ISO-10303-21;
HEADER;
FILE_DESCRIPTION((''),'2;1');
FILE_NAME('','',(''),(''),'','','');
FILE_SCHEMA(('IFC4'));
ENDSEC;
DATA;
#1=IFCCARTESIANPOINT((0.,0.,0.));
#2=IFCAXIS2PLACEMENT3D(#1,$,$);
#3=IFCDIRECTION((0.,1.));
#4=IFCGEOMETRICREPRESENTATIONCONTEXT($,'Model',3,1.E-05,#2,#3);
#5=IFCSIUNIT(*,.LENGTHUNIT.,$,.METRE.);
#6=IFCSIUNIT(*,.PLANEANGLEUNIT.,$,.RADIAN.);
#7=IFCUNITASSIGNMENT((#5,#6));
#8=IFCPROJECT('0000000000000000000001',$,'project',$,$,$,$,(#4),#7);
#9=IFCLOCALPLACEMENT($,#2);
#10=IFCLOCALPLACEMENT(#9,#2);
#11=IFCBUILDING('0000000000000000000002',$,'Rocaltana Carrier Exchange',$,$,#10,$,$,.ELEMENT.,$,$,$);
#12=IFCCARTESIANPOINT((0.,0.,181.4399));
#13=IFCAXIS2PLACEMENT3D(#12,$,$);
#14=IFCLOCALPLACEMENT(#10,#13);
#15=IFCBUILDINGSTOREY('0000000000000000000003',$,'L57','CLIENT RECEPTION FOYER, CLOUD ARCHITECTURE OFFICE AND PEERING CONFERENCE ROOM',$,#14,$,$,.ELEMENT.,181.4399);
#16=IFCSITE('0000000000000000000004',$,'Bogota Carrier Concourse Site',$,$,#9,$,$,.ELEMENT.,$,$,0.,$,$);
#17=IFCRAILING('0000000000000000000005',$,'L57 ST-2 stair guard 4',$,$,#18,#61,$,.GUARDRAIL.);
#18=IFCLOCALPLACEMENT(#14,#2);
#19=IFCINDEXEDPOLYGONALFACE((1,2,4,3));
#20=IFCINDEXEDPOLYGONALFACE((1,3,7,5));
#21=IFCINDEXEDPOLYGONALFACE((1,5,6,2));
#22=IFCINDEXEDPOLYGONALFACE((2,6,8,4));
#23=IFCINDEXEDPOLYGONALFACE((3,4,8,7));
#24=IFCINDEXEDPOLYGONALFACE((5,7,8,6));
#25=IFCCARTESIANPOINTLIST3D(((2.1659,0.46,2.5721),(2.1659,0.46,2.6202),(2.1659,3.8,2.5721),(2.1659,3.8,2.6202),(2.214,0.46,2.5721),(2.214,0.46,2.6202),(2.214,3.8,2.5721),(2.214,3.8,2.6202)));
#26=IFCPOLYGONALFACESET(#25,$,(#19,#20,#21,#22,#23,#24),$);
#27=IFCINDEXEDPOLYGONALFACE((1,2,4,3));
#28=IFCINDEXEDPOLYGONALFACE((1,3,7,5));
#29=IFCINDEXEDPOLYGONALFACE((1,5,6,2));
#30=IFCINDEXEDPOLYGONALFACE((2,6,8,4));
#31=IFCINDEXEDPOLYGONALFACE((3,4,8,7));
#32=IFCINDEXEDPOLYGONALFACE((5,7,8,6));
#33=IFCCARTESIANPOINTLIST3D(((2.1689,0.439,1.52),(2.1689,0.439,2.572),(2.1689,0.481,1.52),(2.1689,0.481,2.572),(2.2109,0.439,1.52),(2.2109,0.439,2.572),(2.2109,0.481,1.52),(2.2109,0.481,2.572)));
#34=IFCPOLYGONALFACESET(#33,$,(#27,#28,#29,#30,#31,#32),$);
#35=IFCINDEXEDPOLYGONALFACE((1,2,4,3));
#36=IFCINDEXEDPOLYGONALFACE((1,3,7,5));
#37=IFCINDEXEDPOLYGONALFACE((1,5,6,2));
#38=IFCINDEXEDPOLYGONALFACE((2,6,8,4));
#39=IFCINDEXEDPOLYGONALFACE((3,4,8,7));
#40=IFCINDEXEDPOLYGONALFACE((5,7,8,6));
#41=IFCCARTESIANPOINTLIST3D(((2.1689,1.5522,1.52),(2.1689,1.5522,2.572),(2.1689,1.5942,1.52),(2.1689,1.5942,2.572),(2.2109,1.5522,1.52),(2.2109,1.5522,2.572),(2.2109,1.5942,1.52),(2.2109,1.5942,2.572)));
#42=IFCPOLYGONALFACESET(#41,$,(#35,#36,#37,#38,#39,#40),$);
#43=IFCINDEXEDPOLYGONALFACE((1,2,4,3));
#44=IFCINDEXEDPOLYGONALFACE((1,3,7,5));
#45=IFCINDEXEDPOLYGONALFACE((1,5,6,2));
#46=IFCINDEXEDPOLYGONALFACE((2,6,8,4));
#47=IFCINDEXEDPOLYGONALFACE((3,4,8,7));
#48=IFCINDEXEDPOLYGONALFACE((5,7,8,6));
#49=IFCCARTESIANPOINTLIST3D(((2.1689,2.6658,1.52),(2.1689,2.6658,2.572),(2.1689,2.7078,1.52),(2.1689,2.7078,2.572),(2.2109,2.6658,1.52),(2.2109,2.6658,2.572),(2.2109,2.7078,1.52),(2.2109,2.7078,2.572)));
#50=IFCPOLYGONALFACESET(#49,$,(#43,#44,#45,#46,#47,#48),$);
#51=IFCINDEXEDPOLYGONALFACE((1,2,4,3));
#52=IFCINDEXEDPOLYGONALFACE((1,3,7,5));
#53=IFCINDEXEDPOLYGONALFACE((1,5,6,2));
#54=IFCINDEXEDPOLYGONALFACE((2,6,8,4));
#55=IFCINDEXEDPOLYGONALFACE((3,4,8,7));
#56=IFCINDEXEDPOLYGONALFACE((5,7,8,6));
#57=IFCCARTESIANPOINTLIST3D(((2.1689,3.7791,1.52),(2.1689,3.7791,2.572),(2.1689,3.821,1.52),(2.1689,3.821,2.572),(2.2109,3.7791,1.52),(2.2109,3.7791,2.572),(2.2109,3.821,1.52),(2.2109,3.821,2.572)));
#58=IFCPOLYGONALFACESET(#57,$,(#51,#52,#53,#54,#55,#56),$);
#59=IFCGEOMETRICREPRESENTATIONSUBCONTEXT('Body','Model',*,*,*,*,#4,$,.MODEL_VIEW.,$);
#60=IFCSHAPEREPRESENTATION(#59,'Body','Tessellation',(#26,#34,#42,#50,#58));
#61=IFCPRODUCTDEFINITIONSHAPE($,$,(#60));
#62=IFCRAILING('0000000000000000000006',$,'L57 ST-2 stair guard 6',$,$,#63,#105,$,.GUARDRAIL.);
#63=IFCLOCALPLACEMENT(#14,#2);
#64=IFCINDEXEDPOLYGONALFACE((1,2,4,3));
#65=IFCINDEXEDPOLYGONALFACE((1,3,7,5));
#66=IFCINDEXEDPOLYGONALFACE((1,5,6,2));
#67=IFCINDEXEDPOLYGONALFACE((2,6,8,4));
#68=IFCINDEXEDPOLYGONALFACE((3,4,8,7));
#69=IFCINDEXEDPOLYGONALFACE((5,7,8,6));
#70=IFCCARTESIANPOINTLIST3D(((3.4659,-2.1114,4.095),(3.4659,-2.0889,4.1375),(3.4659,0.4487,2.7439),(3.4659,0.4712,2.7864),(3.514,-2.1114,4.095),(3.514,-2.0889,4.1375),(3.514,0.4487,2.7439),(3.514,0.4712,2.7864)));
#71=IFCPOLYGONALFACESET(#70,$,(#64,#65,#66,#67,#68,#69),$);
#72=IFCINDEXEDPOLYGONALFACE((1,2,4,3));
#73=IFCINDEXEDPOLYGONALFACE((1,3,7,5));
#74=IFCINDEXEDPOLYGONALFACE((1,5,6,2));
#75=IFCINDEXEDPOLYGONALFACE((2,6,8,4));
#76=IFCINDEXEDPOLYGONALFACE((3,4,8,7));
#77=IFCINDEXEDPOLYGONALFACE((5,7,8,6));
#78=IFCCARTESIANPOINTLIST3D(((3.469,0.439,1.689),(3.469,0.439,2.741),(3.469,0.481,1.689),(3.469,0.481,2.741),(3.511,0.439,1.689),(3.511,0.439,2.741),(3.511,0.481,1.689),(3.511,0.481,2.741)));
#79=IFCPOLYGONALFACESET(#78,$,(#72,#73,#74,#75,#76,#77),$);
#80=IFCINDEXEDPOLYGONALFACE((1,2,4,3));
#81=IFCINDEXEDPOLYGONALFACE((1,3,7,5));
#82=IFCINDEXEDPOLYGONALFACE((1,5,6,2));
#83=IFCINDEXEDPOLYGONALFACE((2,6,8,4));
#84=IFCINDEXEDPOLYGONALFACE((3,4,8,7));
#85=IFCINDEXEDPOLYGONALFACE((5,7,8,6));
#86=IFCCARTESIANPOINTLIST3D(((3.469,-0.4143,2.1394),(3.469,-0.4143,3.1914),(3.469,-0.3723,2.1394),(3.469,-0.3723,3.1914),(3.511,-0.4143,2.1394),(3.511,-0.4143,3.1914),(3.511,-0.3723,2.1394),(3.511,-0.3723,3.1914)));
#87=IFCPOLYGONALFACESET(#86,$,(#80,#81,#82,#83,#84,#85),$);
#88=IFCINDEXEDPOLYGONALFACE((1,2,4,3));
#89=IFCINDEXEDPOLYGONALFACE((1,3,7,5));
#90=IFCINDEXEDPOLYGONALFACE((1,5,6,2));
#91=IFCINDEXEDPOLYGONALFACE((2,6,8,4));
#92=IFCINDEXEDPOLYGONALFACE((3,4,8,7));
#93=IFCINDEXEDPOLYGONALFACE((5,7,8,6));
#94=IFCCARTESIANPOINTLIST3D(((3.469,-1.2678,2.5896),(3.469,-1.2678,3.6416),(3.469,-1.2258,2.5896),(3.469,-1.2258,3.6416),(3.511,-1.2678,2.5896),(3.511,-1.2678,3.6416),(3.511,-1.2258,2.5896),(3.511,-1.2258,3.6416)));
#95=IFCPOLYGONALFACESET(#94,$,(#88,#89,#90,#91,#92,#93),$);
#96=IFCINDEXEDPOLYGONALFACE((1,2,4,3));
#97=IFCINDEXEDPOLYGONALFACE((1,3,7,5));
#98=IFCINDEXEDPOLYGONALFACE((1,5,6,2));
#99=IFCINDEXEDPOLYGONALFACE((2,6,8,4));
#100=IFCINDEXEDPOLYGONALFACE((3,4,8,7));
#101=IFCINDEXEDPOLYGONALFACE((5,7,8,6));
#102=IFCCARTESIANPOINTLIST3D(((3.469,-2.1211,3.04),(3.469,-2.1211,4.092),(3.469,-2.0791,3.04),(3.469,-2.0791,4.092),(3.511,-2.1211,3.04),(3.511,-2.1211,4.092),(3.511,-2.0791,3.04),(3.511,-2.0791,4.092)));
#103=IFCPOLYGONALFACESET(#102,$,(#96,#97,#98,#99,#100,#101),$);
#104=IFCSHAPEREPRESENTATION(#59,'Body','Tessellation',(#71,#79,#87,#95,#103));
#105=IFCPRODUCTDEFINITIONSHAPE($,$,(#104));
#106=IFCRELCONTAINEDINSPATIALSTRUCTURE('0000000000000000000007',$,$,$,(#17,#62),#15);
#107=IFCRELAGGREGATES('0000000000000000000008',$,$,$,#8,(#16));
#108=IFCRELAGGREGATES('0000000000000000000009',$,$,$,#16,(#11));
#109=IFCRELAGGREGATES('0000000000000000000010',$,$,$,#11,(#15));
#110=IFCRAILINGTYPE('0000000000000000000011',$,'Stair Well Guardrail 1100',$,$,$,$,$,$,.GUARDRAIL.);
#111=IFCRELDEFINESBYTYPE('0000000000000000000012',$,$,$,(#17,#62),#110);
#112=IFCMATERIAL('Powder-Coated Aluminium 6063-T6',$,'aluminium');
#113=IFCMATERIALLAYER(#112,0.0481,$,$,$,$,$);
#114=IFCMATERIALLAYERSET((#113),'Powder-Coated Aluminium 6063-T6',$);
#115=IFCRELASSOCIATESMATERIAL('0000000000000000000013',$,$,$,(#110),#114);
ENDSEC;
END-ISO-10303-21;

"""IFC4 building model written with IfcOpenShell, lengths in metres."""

from ifc_helpers import new_model, si_unit, direction, frame, origin, origin_2d, place, context, subcontext, project, spatial, rectangle, extrude, material, layer, layer_set, type_object, element, save


model = new_model("IFC4")

# Units and contexts
model_context = context("Model", 3, precision=1e-05, world=origin(), true_north=direction((0.0, 1.0)))
body_context = subcontext(model_context, "Body", "Model", "MODEL_VIEW")
ifc_project = project(units=[si_unit("LENGTHUNIT", "METRE"), si_unit("PLANEANGLEUNIT", "RADIAN")], contexts=[model_context])

# Site, building, storey
site_placement = place(None, origin())
site = spatial("IfcSite", under=ifc_project, at=site_placement, Name="Bogota Carrier Concourse Site", CompositionType="ELEMENT", RefElevation=0.0)
building_placement = place(site_placement, origin())
building = spatial("IfcBuilding", under=site, at=building_placement, Name="Rocaltana Carrier Exchange", CompositionType="ELEMENT")
storey_placement = place(building_placement, frame((0.0, 0.0, 181.4399)))
storey = spatial("IfcBuildingStorey", under=building, at=storey_placement, Name="L57", Description="CLIENT RECEPTION FOYER, CLOUD ARCHITECTURE OFFICE AND PEERING CONFERENCE ROOM", CompositionType="ELEMENT", Elevation=181.4399)

# Railings
ifc_material_1 = material(Name="Powder-Coated Aluminium 6063-T6", Category="aluminium")
ifc_layer_1 = layer(ifc_material_1, 0.0481)
ifc_layer_set_1 = layer_set([ifc_layer_1], Name="Powder-Coated Aluminium 6063-T6")
railing_type_1 = type_object("IfcRailingType", Name="Stair Well Guardrail 1100", PredefinedType="GUARDRAIL", material=ifc_layer_set_1)
railing_1_placement = place(storey_placement, frame((2.1899, 0.46, 1.52)))
element("IfcRailing", 1, at=railing_1_placement, inside=storey, type_object=railing_type_1, Name="L57 ST-2 stair guard 4", PredefinedType="GUARDRAIL", context=body_context, shape_type="SweptSolid", body=[
    extrude(rectangle(XDim=0.0481, YDim=0.0481, at=origin_2d()), frame((0.0, 0.0, 1.0762), z_axis=(0.0, 1.0, 0.0), x_axis=(-1.0, 0.0, 0.0)), (0.0, 0.0, 1.0), 3.3401),
    extrude(rectangle(XDim=0.042, YDim=0.042, at=origin_2d()), origin(), (0.0, 0.0, 1.0), 1.052),
    extrude(rectangle(XDim=0.042, YDim=0.042, at=origin_2d()), frame((0.0, 1.1133, 0.0)), (0.0, 0.0, 1.0), 1.052),
    extrude(rectangle(XDim=0.042, YDim=0.042, at=origin_2d()), frame((0.0, 2.2268, 0.0)), (0.0, 0.0, 1.0), 1.052),
    extrude(rectangle(XDim=0.042, YDim=0.042, at=origin_2d()), frame((0.0, 3.3401, 0.0)), (0.0, 0.0, 1.0), 1.052),
])
railing_2_placement = place(storey_placement, frame((3.49, 0.46, 1.689)))
element("IfcRailing", 2, at=railing_2_placement, inside=storey, type_object=railing_type_1, Name="L57 ST-2 stair guard 6", PredefinedType="GUARDRAIL", context=body_context, shape_type="SweptSolid", body=[
    extrude(rectangle(XDim=0.0481, YDim=0.0481, at=origin_2d()), frame((0.0, 0.0, 1.0762), z_axis=(0.0, -0.884394, 0.46674), x_axis=(1.0, 0.0, 0.0)), (0.0, 0.0, 1.0), 2.8948),
    extrude(rectangle(XDim=0.042, YDim=0.042, at=origin_2d()), origin(), (0.0, 0.0, 1.0), 1.052),
    extrude(rectangle(XDim=0.042, YDim=0.042, at=origin_2d()), frame((0.0, -0.8533, 0.4504)), (0.0, 0.0, 1.0), 1.052),
    extrude(rectangle(XDim=0.042, YDim=0.042, at=origin_2d()), frame((0.0, -1.7068, 0.9006)), (0.0, 0.0, 1.0), 1.052),
    extrude(rectangle(XDim=0.042, YDim=0.042, at=origin_2d()), frame((0.0, -2.5601, 1.3511)), (0.0, 0.0, 1.0), 1.052),
])

save(model, "model.ifc")
